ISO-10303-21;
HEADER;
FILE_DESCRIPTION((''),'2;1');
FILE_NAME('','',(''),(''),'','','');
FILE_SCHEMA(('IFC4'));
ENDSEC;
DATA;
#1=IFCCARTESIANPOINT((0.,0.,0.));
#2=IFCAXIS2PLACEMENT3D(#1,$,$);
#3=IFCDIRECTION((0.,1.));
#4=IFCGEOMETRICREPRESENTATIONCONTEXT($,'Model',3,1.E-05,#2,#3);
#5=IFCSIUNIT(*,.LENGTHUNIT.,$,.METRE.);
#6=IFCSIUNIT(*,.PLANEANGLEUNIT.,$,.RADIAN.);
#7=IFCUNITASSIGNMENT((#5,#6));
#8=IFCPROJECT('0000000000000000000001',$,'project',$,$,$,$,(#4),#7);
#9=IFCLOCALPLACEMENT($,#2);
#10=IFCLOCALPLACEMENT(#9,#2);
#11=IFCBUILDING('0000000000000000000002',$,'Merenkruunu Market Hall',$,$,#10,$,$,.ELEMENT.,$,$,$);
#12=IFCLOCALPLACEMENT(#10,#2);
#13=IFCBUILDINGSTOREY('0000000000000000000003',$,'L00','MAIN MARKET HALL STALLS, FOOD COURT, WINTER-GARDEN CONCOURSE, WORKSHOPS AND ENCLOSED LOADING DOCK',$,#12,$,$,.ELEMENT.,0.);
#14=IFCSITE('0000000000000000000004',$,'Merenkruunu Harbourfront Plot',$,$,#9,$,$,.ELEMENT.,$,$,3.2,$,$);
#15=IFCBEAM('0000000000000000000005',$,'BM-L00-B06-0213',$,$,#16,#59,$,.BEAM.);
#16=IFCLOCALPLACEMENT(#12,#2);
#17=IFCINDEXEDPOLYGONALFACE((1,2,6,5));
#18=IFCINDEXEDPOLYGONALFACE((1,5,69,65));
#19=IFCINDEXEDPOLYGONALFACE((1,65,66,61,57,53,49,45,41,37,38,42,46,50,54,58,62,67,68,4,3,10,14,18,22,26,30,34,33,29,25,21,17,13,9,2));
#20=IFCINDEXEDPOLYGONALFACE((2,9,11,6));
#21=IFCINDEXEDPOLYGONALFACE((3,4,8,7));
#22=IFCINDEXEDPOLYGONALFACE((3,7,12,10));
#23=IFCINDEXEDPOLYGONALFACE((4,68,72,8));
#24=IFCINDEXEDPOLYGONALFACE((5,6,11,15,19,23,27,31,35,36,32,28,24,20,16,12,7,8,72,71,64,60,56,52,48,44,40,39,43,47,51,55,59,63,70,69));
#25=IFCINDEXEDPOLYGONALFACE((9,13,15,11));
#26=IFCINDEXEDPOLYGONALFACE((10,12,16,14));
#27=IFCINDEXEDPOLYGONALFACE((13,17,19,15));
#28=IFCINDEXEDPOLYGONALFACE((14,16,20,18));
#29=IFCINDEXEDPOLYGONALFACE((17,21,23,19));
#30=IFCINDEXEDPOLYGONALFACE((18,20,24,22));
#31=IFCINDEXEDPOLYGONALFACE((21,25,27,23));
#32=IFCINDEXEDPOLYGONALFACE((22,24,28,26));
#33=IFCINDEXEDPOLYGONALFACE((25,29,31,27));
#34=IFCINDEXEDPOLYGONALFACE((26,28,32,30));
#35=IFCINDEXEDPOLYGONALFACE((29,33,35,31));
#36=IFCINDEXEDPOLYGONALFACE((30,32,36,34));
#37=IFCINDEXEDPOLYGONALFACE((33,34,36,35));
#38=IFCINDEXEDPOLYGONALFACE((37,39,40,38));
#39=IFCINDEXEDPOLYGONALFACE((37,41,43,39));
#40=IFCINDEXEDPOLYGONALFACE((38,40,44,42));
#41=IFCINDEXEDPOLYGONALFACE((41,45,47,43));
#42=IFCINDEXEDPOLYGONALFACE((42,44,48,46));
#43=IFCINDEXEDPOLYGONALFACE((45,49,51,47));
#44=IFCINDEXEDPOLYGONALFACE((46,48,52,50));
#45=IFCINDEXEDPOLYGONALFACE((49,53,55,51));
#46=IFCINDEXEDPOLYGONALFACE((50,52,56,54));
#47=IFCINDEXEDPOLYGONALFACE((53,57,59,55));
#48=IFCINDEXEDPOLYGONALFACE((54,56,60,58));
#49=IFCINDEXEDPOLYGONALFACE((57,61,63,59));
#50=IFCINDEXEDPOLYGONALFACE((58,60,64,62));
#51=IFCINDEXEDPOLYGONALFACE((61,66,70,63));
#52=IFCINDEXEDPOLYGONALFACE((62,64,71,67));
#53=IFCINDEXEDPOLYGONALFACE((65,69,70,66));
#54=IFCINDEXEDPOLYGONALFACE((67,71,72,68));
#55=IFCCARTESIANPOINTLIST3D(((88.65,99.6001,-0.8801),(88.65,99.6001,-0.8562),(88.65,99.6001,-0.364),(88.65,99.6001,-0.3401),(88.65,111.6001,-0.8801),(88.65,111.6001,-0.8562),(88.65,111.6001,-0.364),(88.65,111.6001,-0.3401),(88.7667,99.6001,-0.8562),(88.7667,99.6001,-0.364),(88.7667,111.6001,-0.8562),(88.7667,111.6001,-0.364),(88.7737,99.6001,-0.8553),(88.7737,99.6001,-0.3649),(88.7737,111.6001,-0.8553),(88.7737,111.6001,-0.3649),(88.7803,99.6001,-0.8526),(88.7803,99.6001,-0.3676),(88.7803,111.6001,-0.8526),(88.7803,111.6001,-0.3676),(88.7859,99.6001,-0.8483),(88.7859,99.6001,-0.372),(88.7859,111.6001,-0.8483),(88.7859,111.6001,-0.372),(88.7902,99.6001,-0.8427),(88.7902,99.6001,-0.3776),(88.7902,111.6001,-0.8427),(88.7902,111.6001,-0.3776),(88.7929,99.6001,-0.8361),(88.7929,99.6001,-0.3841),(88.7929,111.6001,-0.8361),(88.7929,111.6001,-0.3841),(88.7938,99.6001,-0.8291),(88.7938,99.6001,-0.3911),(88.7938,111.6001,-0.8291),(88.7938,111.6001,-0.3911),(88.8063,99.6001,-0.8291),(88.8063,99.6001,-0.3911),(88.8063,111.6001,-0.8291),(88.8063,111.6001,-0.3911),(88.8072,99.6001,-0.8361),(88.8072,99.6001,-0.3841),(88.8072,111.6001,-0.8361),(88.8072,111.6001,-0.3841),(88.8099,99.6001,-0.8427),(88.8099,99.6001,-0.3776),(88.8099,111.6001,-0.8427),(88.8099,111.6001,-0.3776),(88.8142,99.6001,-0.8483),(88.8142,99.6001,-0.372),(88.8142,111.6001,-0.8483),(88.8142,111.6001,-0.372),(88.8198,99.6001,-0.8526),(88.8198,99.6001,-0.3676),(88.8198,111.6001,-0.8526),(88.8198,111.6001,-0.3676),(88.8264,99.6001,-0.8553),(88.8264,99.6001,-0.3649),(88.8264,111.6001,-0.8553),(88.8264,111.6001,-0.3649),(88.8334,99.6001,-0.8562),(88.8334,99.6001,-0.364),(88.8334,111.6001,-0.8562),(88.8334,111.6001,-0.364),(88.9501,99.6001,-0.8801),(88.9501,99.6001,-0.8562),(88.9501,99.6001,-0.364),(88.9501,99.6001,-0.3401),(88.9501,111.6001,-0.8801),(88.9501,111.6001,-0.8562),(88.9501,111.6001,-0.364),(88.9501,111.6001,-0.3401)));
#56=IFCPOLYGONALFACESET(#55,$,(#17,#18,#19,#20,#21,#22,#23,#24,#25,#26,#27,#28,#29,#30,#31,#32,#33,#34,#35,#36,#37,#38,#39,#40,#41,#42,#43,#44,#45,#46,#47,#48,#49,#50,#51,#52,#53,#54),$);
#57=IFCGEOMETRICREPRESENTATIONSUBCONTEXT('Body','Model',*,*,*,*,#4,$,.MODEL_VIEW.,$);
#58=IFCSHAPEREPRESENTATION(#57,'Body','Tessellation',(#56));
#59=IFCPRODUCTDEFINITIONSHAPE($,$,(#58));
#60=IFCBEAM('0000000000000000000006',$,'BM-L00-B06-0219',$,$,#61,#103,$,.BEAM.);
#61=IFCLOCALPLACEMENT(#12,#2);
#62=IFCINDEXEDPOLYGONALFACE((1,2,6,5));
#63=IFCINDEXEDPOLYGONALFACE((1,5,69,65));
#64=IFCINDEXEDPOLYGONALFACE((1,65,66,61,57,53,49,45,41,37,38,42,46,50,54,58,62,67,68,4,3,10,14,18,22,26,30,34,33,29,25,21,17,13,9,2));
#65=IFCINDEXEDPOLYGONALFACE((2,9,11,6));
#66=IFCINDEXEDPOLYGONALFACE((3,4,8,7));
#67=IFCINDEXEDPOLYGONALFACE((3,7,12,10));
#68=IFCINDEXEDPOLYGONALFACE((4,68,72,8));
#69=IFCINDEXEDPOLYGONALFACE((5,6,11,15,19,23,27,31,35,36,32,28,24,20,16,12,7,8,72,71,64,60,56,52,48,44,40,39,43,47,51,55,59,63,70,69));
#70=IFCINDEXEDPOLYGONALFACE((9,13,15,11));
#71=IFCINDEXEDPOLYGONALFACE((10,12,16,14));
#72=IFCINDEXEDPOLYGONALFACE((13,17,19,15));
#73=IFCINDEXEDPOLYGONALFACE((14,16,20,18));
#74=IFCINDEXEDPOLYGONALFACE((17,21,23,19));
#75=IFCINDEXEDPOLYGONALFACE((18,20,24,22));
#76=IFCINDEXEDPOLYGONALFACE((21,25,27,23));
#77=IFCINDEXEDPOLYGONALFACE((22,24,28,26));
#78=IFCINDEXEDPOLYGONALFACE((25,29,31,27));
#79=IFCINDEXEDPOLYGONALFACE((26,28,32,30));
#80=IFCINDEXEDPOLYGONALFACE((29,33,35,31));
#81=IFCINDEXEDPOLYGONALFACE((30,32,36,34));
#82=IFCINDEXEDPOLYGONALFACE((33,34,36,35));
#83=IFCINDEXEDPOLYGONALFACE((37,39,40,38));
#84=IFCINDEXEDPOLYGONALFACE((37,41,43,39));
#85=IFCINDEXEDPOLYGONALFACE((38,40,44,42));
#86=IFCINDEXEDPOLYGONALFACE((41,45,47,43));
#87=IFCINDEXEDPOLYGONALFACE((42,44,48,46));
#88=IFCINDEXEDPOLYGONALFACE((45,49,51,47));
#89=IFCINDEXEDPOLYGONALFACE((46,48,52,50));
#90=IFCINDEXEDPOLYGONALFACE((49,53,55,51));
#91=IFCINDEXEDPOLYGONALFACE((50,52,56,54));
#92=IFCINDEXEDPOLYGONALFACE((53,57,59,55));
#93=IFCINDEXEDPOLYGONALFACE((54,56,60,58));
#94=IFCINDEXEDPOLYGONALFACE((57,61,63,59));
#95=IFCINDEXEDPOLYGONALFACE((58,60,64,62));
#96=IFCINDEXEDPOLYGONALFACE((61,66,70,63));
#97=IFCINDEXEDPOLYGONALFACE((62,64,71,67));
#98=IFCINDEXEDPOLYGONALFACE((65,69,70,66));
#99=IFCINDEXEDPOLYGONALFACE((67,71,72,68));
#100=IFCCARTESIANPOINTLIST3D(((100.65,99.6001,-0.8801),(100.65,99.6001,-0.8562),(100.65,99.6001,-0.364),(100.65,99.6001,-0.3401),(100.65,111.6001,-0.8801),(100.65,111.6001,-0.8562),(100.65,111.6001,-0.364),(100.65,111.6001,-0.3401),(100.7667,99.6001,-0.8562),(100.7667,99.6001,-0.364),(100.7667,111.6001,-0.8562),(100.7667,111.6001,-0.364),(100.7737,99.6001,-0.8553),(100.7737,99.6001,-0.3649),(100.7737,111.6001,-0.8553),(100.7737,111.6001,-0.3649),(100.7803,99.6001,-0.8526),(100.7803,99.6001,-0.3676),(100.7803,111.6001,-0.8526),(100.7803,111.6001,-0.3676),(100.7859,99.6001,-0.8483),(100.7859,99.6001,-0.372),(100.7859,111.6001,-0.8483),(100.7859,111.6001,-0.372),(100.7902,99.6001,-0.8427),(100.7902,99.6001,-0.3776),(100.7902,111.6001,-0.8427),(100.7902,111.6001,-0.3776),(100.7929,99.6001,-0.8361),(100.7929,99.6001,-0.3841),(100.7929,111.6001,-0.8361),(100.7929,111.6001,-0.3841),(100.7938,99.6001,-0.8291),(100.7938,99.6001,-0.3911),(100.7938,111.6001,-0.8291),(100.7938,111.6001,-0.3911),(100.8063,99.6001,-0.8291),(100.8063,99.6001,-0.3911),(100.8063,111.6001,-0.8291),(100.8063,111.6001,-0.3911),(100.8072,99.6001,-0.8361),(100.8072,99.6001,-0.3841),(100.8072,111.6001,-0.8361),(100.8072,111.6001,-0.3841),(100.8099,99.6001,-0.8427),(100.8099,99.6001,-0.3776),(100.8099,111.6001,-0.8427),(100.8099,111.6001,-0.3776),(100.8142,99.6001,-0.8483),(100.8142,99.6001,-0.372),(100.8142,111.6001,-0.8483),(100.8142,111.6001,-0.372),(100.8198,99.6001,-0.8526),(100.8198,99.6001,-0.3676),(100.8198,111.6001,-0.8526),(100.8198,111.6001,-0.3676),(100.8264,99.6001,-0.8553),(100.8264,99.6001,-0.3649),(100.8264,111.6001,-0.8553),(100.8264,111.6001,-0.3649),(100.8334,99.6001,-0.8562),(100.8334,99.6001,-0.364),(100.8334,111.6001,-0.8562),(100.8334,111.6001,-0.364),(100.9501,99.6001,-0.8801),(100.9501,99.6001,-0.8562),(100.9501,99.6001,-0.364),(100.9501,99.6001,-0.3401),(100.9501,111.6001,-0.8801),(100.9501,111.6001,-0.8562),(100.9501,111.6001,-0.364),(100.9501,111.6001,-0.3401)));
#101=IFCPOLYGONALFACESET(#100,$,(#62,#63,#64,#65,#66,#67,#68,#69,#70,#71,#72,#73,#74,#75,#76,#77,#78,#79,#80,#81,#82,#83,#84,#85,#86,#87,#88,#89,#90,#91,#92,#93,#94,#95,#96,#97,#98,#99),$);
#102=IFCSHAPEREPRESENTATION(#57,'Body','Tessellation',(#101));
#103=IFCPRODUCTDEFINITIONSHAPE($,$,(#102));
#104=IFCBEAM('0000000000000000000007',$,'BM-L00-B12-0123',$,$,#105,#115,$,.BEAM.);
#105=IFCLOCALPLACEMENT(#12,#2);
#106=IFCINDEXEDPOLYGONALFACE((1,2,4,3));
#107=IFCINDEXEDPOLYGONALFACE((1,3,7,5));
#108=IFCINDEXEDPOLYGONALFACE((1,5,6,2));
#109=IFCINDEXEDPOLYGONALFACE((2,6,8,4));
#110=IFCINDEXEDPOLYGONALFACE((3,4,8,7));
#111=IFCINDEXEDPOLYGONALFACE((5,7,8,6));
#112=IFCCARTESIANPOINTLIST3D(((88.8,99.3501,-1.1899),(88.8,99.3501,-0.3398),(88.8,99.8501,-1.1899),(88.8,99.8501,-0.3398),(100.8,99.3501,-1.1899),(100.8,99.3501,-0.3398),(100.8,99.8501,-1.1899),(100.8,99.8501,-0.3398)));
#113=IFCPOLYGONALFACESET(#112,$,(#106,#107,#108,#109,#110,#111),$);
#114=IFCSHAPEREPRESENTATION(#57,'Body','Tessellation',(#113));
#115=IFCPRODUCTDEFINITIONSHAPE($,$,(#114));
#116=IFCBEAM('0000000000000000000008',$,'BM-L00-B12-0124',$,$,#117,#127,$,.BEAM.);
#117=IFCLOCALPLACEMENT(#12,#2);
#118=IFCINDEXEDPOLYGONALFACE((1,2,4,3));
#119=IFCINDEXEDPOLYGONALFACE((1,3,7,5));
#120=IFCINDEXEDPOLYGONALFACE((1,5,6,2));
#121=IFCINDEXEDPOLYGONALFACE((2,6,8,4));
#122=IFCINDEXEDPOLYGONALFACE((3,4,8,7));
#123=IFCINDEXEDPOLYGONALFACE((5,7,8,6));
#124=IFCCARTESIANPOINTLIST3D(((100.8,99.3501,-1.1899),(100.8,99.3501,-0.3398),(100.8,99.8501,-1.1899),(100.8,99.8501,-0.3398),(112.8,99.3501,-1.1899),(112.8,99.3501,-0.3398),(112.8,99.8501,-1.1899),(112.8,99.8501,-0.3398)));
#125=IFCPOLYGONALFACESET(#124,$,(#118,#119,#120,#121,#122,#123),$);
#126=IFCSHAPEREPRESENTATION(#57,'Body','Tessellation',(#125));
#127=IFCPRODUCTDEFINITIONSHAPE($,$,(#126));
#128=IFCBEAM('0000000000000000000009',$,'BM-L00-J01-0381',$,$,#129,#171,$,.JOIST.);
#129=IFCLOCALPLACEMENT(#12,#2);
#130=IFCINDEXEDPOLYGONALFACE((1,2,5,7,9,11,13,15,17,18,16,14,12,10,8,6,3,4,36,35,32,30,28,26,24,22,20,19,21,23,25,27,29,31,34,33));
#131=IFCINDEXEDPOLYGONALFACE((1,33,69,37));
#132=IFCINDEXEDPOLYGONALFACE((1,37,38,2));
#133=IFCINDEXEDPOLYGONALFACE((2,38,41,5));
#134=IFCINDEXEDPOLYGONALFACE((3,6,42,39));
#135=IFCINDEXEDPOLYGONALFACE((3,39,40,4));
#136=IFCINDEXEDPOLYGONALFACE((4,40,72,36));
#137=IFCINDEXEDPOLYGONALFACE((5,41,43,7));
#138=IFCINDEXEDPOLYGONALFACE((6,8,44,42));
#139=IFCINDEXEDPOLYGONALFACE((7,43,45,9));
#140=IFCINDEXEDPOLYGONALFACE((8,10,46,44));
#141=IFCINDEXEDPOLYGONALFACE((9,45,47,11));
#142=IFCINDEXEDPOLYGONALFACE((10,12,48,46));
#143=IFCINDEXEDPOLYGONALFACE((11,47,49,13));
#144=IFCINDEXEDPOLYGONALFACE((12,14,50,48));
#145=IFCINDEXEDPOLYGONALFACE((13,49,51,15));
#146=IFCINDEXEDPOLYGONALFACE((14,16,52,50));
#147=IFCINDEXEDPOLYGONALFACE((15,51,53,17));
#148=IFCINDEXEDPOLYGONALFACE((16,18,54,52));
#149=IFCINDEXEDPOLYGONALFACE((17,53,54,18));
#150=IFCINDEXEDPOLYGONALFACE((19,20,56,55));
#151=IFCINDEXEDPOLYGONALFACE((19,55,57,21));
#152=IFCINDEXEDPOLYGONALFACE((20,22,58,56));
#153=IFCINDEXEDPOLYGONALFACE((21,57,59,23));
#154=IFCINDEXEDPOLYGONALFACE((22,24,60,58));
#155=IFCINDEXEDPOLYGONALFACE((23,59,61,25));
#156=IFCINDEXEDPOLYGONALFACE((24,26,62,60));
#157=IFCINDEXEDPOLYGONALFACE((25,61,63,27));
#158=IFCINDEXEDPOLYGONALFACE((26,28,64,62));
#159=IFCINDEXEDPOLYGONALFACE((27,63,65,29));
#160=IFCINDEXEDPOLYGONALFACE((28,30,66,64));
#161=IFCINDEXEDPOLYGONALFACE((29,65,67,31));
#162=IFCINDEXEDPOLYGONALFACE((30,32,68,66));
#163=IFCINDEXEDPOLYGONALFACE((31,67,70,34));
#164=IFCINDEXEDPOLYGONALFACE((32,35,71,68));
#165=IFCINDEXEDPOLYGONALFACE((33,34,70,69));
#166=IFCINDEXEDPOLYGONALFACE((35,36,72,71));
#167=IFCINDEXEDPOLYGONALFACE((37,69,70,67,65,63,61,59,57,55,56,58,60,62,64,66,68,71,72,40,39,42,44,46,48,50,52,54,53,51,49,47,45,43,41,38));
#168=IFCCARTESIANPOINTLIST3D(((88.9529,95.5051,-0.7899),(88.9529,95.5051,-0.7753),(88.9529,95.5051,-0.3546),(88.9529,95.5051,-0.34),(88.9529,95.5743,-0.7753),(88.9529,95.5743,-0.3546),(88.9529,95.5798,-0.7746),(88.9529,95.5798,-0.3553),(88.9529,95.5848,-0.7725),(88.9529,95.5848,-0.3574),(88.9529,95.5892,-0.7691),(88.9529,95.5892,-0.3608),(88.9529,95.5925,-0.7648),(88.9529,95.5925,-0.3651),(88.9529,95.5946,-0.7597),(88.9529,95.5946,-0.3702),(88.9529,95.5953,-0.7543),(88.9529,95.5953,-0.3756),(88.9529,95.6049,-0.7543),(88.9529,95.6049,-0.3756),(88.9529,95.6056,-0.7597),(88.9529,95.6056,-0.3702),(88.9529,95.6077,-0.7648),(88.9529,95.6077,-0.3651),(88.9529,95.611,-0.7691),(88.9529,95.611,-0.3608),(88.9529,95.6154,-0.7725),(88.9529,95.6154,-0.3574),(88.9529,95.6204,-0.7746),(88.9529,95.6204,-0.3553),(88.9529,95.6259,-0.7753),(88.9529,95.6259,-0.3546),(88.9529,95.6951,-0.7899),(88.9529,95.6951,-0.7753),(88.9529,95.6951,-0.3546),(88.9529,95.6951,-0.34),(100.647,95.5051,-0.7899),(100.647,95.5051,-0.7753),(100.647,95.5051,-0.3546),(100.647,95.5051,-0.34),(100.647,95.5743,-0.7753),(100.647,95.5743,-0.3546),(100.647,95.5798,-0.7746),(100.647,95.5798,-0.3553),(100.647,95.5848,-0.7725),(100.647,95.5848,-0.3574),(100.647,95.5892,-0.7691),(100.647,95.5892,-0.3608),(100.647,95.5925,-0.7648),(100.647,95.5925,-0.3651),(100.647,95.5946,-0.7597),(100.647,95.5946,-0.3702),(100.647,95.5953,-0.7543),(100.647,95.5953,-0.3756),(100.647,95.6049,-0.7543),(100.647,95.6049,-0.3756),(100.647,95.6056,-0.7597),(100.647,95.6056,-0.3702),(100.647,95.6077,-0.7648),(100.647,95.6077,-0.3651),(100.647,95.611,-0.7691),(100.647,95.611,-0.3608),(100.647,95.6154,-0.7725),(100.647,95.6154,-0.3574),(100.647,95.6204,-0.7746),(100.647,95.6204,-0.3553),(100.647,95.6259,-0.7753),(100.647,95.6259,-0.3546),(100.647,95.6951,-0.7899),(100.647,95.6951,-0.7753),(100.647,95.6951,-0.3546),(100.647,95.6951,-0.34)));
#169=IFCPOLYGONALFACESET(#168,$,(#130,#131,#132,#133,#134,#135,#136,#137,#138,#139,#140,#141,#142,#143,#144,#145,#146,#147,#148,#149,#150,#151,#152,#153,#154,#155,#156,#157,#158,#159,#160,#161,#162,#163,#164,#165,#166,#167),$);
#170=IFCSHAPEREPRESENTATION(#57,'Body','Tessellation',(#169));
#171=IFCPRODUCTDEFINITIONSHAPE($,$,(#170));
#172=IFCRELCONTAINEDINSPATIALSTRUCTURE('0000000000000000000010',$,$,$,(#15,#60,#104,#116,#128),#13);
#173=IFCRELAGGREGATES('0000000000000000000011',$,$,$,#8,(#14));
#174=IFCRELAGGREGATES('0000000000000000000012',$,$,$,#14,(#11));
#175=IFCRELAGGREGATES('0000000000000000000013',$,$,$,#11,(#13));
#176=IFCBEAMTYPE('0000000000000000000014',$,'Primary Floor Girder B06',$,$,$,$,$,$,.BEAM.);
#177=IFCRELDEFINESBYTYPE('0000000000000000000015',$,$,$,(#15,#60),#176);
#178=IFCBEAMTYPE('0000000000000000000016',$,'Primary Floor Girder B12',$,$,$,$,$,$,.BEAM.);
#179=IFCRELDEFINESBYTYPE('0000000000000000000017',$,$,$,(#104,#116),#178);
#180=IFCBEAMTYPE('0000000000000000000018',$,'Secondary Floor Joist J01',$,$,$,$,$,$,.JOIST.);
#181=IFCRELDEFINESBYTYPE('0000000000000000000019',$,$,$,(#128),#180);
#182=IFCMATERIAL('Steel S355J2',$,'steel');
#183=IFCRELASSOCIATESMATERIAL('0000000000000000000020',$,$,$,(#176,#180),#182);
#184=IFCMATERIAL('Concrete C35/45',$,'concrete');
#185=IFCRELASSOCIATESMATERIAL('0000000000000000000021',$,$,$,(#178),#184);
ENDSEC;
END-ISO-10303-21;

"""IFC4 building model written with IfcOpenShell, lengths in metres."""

from ifc_helpers import new_model, si_unit, direction, frame, origin, origin_2d, place, context, subcontext, project, spatial, rectangle, i_section, extrude, material, material_profile, profile_set, type_object, element, save


model = new_model("IFC4")

# Units and contexts
model_context = context("Model", 3, precision=1e-05, world=origin(), true_north=direction((0.0, 1.0)))
body_context = subcontext(model_context, "Body", "Model", "MODEL_VIEW")
ifc_project = project(units=[si_unit("LENGTHUNIT", "METRE"), si_unit("PLANEANGLEUNIT", "RADIAN")], contexts=[model_context])

# Site, building, storey
site_placement = place(None, origin())
site = spatial("IfcSite", under=ifc_project, at=site_placement, Name="Merenkruunu Harbourfront Plot", CompositionType="ELEMENT", RefElevation=3.2)
building_placement = place(site_placement, origin())
building = spatial("IfcBuilding", under=site, at=building_placement, Name="Merenkruunu Market Hall", CompositionType="ELEMENT")
storey_placement = place(building_placement, origin())
storey = spatial("IfcBuildingStorey", under=building, at=storey_placement, Name="L00", Description="MAIN MARKET HALL STALLS, FOOD COURT, WINTER-GARDEN CONCOURSE, WORKSHOPS AND ENCLOSED LOADING DOCK", CompositionType="ELEMENT", Elevation=0.0)

# Shared definitions
ifc_material_1 = material(Name="Steel S355J2", Category="steel")

# Beams
ifc_material_profile_1 = material_profile(ifc_material_1, i_section(OverallWidth=0.3, OverallDepth=0.54, WebThickness=0.0125, FlangeThickness=0.0239, FilletRadius=0.0271, at=origin_2d()), Name="HEA 550")
ifc_profile_set_1 = profile_set([ifc_material_profile_1], Name="Steel S355J2")
beam_type_1 = type_object("IfcBeamType", Name="Primary Floor Girder B06", PredefinedType="BEAM", material=ifc_profile_set_1)
for number, where, z_axis, x_axis, name in (
    (1, (88.8, 99.6001, -0.6101), (0.0, 1.0, 0.0), (-1.0, 0.0, 0.0), "BM-L00-B06-0213"),
    (2, (100.8, 99.6001, -0.6101), (0.0, 1.0, 0.0), (-1.0, 0.0, 0.0), "BM-L00-B06-0219"),
):
    element("IfcBeam", number, at=place(storey_placement, frame(where, z_axis=z_axis, x_axis=x_axis)), inside=storey, type_object=beam_type_1, Name=name, PredefinedType="BEAM", context=body_context, shape_type="SweptSolid", body=[
        extrude(i_section(OverallWidth=0.3, OverallDepth=0.54, WebThickness=0.0125, FlangeThickness=0.0239, FilletRadius=0.0271, at=origin_2d()), origin(), (0.0, 0.0, 1.0), 12.0),
    ])
ifc_material_2 = material(Name="Concrete C35/45", Category="concrete")
ifc_material_profile_2 = material_profile(ifc_material_2, rectangle(XDim=0.5, YDim=0.8501, at=origin_2d()), Name="RC 500x850")
ifc_profile_set_2 = profile_set([ifc_material_profile_2], Name="Concrete C35/45")
beam_type_2 = type_object("IfcBeamType", Name="Primary Floor Girder B12", PredefinedType="BEAM", material=ifc_profile_set_2)
for number, where, z_axis, x_axis, name in (
    (3, (88.8, 99.6001, -0.7649), (1.0, 0.0, 0.0), (0.0, 1.0, 0.0), "BM-L00-B12-0123"),
    (4, (100.8, 99.6001, -0.7649), (1.0, 0.0, 0.0), (0.0, 1.0, 0.0), "BM-L00-B12-0124"),
):
    element("IfcBeam", number, at=place(storey_placement, frame(where, z_axis=z_axis, x_axis=x_axis)), inside=storey, type_object=beam_type_2, Name=name, PredefinedType="BEAM", context=body_context, shape_type="SweptSolid", body=[
        extrude(rectangle(XDim=0.5, YDim=0.8501, at=origin_2d()), origin(), (0.0, 0.0, 1.0), 12.0),
    ])
ifc_material_profile_3 = material_profile(ifc_material_1, i_section(OverallWidth=0.1899, OverallDepth=0.45, WebThickness=0.0095, FlangeThickness=0.0146, FilletRadius=0.021, at=origin_2d()), Name="IPE 450")
ifc_profile_set_3 = profile_set([ifc_material_profile_3], Name="Steel S355J2")
beam_type_3 = type_object("IfcBeamType", Name="Secondary Floor Joist J01", PredefinedType="JOIST", material=ifc_profile_set_3)
for number, where, z_axis, x_axis, name in (
    (5, (88.9529, 95.6001, -0.5649), (1.0, 0.0, 0.0), (0.0, 1.0, 0.0), "BM-L00-J01-0381"),
):
    element("IfcBeam", number, at=place(storey_placement, frame(where, z_axis=z_axis, x_axis=x_axis)), inside=storey, type_object=beam_type_3, Name=name, PredefinedType="JOIST", context=body_context, shape_type="SweptSolid", body=[
        extrude(i_section(OverallWidth=0.1899, OverallDepth=0.45, WebThickness=0.0095, FlangeThickness=0.0146, FilletRadius=0.021, at=origin_2d()), origin(), (0.0, 0.0, 1.0), 11.6941),
    ])

save(model, "model.ifc")
